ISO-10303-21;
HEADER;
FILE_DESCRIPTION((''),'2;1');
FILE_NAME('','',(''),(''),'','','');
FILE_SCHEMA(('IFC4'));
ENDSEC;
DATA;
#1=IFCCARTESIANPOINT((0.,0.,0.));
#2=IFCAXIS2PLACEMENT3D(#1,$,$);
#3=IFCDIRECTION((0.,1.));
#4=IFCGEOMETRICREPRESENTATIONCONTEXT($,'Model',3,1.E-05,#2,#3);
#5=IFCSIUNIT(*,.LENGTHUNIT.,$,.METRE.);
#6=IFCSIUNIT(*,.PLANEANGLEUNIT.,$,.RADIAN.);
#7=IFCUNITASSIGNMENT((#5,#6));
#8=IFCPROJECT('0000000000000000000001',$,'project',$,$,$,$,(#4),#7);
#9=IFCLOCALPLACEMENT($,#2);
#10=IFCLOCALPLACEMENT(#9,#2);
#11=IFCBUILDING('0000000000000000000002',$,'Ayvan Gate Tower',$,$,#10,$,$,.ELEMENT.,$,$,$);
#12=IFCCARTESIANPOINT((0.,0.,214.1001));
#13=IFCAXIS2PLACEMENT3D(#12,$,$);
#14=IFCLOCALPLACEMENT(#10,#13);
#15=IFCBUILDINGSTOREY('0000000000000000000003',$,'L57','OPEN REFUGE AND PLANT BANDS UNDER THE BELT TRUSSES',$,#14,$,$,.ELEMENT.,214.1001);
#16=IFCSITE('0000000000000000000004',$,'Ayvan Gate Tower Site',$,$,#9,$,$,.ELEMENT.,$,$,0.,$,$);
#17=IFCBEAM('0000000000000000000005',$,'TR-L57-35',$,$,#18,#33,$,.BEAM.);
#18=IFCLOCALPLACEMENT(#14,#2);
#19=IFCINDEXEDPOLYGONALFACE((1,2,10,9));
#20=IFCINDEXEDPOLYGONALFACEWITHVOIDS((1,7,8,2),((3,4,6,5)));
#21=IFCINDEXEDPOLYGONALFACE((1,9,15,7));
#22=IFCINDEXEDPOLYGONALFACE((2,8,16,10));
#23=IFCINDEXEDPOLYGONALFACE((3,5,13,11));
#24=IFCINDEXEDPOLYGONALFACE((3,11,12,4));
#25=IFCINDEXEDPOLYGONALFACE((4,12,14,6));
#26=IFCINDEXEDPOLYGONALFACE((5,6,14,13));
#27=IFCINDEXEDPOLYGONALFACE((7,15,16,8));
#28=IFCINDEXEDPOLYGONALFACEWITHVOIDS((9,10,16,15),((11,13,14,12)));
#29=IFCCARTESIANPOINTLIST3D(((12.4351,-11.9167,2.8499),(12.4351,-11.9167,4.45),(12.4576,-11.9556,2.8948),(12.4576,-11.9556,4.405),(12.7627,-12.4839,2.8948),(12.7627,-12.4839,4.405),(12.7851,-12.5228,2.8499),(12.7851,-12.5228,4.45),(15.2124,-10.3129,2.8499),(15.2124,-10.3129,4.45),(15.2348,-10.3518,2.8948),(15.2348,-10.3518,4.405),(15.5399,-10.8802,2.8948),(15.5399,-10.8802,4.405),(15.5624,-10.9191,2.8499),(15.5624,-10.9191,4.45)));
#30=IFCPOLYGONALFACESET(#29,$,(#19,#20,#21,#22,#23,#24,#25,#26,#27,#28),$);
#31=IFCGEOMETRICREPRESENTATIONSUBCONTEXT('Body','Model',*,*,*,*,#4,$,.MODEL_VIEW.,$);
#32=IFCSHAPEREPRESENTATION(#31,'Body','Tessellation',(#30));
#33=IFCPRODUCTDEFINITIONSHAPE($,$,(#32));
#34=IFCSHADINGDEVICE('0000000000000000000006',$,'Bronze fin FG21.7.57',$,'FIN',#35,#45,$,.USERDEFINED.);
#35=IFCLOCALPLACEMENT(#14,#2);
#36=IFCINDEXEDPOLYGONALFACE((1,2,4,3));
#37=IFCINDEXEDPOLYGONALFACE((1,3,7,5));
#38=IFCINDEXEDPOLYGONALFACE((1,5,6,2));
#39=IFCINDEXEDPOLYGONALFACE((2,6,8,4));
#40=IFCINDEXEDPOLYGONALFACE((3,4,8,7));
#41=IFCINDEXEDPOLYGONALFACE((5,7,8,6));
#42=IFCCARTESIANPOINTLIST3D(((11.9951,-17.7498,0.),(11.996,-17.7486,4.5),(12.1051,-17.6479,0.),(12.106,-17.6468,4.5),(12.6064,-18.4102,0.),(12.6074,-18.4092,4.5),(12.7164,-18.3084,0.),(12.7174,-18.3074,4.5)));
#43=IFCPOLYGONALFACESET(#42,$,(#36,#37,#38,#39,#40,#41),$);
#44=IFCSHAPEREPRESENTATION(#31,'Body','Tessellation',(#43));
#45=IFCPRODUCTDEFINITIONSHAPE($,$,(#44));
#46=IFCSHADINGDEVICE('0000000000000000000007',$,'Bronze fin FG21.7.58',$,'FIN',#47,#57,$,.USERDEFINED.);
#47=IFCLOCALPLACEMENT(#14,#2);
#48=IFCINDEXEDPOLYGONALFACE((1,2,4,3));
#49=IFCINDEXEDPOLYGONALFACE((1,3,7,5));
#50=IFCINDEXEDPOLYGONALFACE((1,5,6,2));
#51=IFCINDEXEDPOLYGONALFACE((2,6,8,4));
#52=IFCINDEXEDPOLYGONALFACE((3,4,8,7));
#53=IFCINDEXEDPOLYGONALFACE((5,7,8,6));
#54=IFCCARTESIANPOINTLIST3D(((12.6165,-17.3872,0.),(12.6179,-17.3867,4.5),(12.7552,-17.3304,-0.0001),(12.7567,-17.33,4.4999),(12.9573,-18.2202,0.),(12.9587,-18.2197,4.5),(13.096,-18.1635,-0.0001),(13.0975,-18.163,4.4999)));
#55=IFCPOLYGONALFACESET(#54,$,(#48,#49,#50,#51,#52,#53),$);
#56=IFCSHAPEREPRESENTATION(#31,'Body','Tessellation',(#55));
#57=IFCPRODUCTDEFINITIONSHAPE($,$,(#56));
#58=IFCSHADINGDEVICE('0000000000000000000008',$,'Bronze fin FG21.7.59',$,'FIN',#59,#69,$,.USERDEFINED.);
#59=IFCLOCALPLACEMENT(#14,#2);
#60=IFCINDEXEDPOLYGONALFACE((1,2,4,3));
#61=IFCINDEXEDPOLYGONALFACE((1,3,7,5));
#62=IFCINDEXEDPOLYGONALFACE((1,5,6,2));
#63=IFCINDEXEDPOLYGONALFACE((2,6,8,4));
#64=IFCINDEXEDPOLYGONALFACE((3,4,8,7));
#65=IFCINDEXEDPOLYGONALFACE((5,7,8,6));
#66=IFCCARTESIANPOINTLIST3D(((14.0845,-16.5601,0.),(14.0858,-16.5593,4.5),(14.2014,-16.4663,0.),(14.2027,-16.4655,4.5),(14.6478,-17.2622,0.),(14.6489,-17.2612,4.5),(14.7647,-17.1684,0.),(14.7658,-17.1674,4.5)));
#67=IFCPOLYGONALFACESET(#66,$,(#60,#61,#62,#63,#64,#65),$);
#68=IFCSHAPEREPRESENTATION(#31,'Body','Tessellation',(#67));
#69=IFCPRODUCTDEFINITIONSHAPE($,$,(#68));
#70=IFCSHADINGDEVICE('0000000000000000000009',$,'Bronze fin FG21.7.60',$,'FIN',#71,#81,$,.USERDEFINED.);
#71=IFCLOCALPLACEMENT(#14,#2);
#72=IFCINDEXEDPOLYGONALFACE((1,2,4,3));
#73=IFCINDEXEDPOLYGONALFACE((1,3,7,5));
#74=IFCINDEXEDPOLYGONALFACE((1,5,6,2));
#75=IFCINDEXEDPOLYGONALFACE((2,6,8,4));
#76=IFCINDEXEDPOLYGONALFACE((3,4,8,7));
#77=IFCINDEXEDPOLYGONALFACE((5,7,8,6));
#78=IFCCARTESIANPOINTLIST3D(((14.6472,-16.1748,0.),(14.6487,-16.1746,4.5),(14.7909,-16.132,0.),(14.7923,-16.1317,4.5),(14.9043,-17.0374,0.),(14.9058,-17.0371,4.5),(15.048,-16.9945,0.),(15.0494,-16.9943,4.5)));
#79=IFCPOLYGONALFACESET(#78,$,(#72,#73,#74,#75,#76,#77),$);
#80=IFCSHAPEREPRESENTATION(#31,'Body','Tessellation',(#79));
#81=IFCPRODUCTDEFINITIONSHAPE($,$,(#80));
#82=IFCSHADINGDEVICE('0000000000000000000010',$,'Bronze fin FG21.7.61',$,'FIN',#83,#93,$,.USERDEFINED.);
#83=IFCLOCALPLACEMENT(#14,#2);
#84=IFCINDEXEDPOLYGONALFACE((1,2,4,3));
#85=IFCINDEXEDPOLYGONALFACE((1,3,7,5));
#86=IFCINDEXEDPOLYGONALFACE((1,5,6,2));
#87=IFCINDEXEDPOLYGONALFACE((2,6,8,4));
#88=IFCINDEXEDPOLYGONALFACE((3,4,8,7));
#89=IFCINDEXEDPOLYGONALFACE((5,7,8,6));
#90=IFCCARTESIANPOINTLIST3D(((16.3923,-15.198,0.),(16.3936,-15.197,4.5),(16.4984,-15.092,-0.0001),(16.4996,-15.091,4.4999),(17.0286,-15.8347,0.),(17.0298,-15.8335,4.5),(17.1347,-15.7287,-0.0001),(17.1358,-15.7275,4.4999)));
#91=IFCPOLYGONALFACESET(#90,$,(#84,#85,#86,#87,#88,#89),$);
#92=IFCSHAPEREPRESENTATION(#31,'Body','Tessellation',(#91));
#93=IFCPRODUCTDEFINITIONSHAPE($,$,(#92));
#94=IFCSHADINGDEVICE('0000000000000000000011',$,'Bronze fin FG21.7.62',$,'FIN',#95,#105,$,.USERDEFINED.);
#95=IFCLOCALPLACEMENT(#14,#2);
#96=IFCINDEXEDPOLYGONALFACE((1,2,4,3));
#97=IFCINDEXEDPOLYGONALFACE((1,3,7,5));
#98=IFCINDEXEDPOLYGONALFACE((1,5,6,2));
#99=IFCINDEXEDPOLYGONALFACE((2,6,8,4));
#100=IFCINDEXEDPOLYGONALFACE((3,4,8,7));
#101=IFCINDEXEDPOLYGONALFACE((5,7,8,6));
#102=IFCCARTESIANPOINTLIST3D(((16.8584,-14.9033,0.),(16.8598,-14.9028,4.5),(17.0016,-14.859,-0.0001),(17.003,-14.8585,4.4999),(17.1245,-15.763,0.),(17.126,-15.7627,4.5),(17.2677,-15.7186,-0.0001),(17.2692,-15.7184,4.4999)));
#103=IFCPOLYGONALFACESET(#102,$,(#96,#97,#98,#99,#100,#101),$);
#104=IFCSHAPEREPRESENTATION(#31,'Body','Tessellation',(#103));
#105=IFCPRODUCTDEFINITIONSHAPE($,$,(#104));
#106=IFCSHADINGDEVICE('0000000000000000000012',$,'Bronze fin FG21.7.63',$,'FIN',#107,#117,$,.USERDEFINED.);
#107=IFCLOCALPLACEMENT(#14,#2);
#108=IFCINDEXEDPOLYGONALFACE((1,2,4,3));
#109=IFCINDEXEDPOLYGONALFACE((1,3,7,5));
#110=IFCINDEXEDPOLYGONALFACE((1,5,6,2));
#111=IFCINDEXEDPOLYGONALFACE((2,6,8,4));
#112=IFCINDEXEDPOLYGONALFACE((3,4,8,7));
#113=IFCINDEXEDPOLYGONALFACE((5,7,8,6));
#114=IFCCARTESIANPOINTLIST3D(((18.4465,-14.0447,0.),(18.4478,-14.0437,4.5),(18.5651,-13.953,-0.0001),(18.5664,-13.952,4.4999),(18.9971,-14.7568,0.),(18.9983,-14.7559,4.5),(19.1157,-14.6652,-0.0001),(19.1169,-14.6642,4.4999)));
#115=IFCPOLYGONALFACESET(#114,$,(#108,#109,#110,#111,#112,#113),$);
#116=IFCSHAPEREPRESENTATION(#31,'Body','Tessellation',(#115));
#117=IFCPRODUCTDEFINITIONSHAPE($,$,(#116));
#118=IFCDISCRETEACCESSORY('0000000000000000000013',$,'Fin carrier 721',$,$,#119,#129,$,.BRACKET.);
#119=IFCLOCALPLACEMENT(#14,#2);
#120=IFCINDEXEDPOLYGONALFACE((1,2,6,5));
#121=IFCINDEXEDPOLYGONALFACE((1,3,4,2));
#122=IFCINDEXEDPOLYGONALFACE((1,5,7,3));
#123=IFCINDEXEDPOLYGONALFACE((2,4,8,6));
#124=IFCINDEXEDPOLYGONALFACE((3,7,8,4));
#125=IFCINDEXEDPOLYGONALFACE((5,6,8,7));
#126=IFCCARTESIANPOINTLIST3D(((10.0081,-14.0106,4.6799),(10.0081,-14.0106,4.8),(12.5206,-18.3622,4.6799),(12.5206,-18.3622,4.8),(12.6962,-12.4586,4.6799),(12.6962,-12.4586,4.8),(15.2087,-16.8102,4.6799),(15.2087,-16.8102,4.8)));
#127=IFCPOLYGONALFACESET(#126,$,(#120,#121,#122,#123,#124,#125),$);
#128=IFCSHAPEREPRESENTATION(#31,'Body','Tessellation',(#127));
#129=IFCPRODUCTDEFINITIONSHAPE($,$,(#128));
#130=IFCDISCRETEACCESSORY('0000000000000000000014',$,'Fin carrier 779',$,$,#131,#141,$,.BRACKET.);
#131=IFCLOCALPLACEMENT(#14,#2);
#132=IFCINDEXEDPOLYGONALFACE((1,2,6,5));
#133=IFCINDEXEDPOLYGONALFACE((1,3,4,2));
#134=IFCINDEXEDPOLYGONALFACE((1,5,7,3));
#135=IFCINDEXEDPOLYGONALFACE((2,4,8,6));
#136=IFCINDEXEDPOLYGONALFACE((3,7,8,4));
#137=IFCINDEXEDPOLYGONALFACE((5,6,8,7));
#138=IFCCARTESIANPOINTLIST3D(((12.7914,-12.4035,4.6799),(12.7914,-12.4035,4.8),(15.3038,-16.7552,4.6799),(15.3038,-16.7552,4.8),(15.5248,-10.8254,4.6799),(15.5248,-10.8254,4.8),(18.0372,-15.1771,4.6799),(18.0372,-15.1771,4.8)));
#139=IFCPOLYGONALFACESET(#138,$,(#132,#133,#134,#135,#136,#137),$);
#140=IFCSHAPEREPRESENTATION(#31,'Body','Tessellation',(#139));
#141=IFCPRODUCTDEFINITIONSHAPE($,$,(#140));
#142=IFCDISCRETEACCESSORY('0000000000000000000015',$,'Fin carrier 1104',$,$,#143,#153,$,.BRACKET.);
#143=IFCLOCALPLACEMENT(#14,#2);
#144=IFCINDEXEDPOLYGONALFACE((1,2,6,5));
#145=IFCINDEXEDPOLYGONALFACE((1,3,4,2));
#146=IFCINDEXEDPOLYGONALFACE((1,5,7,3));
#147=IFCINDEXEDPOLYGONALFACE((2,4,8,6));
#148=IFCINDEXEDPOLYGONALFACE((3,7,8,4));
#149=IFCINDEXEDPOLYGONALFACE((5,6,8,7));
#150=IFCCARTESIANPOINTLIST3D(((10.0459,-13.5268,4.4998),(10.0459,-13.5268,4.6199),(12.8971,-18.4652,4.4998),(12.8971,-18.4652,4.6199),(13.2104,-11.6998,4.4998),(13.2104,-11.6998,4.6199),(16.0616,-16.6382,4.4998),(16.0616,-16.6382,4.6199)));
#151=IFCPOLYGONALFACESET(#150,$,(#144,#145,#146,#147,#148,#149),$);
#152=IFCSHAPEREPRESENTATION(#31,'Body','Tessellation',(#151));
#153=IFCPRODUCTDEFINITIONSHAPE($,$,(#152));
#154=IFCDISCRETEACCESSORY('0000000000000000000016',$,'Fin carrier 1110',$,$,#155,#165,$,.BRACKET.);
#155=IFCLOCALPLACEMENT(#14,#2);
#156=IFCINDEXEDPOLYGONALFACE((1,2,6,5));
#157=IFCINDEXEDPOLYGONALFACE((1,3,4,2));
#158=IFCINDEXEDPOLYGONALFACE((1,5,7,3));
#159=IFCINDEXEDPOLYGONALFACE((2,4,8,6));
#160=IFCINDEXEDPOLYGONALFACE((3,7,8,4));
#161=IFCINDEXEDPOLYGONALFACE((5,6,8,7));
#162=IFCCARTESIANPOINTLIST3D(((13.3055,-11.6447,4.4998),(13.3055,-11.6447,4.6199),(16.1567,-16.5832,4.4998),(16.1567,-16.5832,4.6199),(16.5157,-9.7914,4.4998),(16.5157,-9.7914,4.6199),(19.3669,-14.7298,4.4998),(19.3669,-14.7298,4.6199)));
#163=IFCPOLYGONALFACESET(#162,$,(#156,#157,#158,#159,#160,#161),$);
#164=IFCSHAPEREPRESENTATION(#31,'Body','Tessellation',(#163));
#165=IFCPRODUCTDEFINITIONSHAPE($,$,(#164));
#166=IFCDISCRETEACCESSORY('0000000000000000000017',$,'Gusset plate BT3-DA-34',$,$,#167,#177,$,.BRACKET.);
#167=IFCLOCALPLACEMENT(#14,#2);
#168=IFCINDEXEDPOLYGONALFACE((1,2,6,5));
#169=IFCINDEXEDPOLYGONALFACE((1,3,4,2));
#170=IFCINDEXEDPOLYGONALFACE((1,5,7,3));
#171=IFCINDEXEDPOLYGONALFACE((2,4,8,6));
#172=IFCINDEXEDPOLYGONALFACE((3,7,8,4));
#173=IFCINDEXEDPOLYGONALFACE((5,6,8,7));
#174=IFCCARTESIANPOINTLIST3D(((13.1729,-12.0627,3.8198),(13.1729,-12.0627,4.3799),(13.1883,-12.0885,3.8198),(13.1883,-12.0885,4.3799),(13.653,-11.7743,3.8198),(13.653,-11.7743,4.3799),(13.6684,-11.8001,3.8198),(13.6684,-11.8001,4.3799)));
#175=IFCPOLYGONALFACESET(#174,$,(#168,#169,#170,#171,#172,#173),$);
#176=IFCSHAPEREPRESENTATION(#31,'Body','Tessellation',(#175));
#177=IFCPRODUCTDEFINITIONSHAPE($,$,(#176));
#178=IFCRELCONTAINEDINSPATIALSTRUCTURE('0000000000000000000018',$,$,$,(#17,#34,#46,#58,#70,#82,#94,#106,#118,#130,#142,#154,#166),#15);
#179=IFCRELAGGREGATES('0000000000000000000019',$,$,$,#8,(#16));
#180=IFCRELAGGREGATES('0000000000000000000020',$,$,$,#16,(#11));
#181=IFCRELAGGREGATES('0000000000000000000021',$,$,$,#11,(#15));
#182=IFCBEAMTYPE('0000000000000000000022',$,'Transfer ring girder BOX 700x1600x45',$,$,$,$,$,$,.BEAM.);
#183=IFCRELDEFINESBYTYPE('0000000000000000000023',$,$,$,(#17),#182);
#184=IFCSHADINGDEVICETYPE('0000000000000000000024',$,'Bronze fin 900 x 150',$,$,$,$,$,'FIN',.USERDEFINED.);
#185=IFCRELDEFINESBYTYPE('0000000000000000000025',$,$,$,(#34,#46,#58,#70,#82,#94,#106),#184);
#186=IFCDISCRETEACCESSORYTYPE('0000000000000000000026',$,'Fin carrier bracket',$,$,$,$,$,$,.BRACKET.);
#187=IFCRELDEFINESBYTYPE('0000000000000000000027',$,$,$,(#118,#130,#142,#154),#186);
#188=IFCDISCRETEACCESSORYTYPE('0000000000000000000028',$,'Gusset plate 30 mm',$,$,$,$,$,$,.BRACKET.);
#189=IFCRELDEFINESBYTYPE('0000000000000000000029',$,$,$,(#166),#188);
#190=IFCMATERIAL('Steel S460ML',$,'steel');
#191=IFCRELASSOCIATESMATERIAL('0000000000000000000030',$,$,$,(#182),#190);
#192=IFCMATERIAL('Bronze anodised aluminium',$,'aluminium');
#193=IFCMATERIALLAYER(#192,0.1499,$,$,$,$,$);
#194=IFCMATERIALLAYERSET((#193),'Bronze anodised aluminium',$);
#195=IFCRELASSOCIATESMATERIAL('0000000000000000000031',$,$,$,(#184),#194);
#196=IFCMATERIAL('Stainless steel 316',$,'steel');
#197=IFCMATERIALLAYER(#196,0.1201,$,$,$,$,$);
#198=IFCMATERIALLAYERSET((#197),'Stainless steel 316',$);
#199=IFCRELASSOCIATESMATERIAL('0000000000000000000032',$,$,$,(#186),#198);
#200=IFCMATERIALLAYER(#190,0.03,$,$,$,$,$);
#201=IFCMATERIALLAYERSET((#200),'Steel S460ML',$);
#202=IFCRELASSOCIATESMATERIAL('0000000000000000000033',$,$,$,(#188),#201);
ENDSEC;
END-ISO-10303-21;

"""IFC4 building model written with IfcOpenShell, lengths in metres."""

from ifc_helpers import new_model, si_unit, direction, frame, origin, origin_2d, place, context, subcontext, project, spatial, polyline, rectangle, hollow_rectangle, outline, extrude, material, layer, layer_set, material_profile, profile_set, type_object, element, save


model = new_model("IFC4")

# Units and contexts
model_context = context("Model", 3, precision=1e-05, world=origin(), true_north=direction((0.0, 1.0)))
body_context = subcontext(model_context, "Body", "Model", "MODEL_VIEW")
ifc_project = project(units=[si_unit("LENGTHUNIT", "METRE"), si_unit("PLANEANGLEUNIT", "RADIAN")], contexts=[model_context])

# Site, building, storey
site_placement = place(None, origin())
site = spatial("IfcSite", under=ifc_project, at=site_placement, Name="Ayvan Gate Tower Site", CompositionType="ELEMENT", RefElevation=0.0)
building_placement = place(site_placement, origin())
building = spatial("IfcBuilding", under=site, at=building_placement, Name="Ayvan Gate Tower", CompositionType="ELEMENT")
storey_placement = place(building_placement, frame((0.0, 0.0, 214.1001)))
storey = spatial("IfcBuildingStorey", under=building, at=storey_placement, Name="L57", Description="OPEN REFUGE AND PLANT BANDS UNDER THE BELT TRUSSES", CompositionType="ELEMENT", Elevation=214.1001)

# Shared definitions
ifc_material_1 = material(Name="Steel S460ML", Category="steel")

# Beam
ifc_material_profile_1 = material_profile(ifc_material_1, hollow_rectangle(XDim=0.7, YDim=1.6001, WallThickness=0.0449, at=origin_2d()), Name="BOX 700x1600x45")
ifc_profile_set_1 = profile_set([ifc_material_profile_1], Name="Steel S460ML")
beam_type_1 = type_object("IfcBeamType", Name="Transfer ring girder BOX 700x1600x45", PredefinedType="BEAM", material=ifc_profile_set_1)
beam_1_placement = place(storey_placement, frame((12.6101, -12.2197, 3.6499), z_axis=(0.86599, 0.500061, 0.0), x_axis=(-0.500061, 0.86599, 0.0)))
element("IfcBeam", 1, at=beam_1_placement, inside=storey, type_object=beam_type_1, Name="TR-L57-35", PredefinedType="BEAM", context=body_context, shape_type="SweptSolid", body=[
    extrude(hollow_rectangle(XDim=0.7, YDim=1.6001, WallThickness=0.0449, at=origin_2d()), origin(), (0.0, 0.0, 1.0), 3.207),
])

# Shading devices
ifc_material_2 = material(Name="Bronze anodised aluminium", Category="aluminium")
ifc_layer_1 = layer(ifc_material_2, 0.1499)
ifc_layer_set_1 = layer_set([ifc_layer_1], Name="Bronze anodised aluminium")
shading_device_type = type_object("IfcShadingDeviceType", Name="Bronze fin 900 x 150", ElementType="FIN", PredefinedType="USERDEFINED", material=ifc_layer_set_1)
shading_device_1_placement = place(storey_placement, frame((11.9951, -17.7498, 0.0), z_axis=(-0.733908, -0.679248, 0.000325), x_axis=(0.679248, -0.733908, 0.0)))
element("IfcShadingDevice", 2, at=shading_device_1_placement, inside=storey, type_object=shading_device_type, Name="Bronze fin FG21.7.57", ObjectType="FIN", PredefinedType="USERDEFINED", context=body_context, shape_type="SweptSolid", body=[
    extrude(outline(polyline([(0.0, 0.0), (0.8999, 0.0), (0.8999, 4.5), (-0.0002, 4.5), (0.0, 0.0)])), origin(), (0.0, 0.0, -1.0), 0.1499),
])
shading_device_2_placement = place(storey_placement, frame((12.6165, -17.3872, 0.0), z_axis=(-0.92553, -0.378675, 0.000342), x_axis=(0.378675, -0.92553, 0.0)))
element("IfcShadingDevice", 3, at=shading_device_2_placement, inside=storey, type_object=shading_device_type, Name="Bronze fin FG21.7.58", ObjectType="FIN", PredefinedType="USERDEFINED", context=body_context, shape_type="SweptSolid", body=[
    extrude(outline(polyline([(0.0, 0.0), (0.9, 0.0), (0.9001, 4.5), (0.0001, 4.5), (0.0, 0.0)])), origin(), (0.0, 0.0, -1.0), 0.1499),
])
shading_device_3_placement = place(storey_placement, frame((14.0845, -16.5601, 0.0), z_axis=(-0.779995, -0.625786, 0.00033), x_axis=(0.625786, -0.779995, 0.0)))
element("IfcShadingDevice", 4, at=shading_device_3_placement, inside=storey, type_object=shading_device_type, Name="Bronze fin FG21.7.59", ObjectType="FIN", PredefinedType="USERDEFINED", context=body_context, shape_type="SweptSolid", body=[
    extrude(outline(polyline([(0.0, 0.0), (0.9001, 0.0), (0.9001, 4.5), (0.0002, 4.5), (0.0, 0.0)])), origin(), (0.0, 0.0, -1.0), 0.1499),
])
shading_device_4_placement = place(storey_placement, frame((14.6472, -16.1748, 0.0), z_axis=(-0.95834, -0.28563, 0.000327), x_axis=(0.28563, -0.95834, 0.0)))
element("IfcShadingDevice", 5, at=shading_device_4_placement, inside=storey, type_object=shading_device_type, Name="Bronze fin FG21.7.60", ObjectType="FIN", PredefinedType="USERDEFINED", context=body_context, shape_type="SweptSolid", body=[
    extrude(outline(polyline([(0.0, 0.0), (0.9, 0.0), (0.9002, 4.5), (0.0002, 4.5), (0.0, 0.0)])), origin(), (0.0, 0.0, -1.0), 0.1499),
])
shading_device_5_placement = place(storey_placement, frame((16.3923, -15.198, 0.0), z_axis=(-0.70731, -0.706903, 0.000364), x_axis=(0.706903, -0.70731, 0.0)))
element("IfcShadingDevice", 6, at=shading_device_5_placement, inside=storey, type_object=shading_device_type, Name="Bronze fin FG21.7.61", ObjectType="FIN", PredefinedType="USERDEFINED", context=body_context, shape_type="SweptSolid", body=[
    extrude(outline(polyline([(0.0, 0.0), (0.9001, 0.0), (0.9001, 4.5), (0.0002, 4.5), (0.0, 0.0)])), origin(), (0.0, 0.0, -1.0), 0.1499),
])
shading_device_6_placement = place(storey_placement, frame((16.8584, -14.9033, 0.0), z_axis=(-0.955285, -0.295687, 0.000335), x_axis=(0.295687, -0.955285, 0.0)))
element("IfcShadingDevice", 7, at=shading_device_6_placement, inside=storey, type_object=shading_device_type, Name="Bronze fin FG21.7.62", ObjectType="FIN", PredefinedType="USERDEFINED", context=body_context, shape_type="SweptSolid", body=[
    extrude(outline(polyline([(0.0, 0.0), (0.8999, 0.0), (0.9001, 4.5), (0.0, 4.5), (0.0, 0.0)])), origin(), (0.0, 0.0, -1.0), 0.1499),
])
shading_device_7_placement = place(storey_placement, frame((18.4465, -14.0447, 0.0), z_axis=(-0.79116, -0.61161, 0.000347), x_axis=(0.61161, -0.79116, 0.0)))
element("IfcShadingDevice", 8, at=shading_device_7_placement, inside=storey, type_object=shading_device_type, Name="Bronze fin FG21.7.63", ObjectType="FIN", PredefinedType="USERDEFINED", context=body_context, shape_type="SweptSolid", body=[
    extrude(outline(polyline([(0.0, 0.0), (0.9001, 0.0), (0.9001, 4.5), (0.0, 4.5), (0.0, 0.0)])), origin(), (0.0, 0.0, -1.0), 0.1499),
])

# Discrete accessories
ifc_material_3 = material(Name="Stainless steel 316", Category="steel")
ifc_layer_2 = layer(ifc_material_3, 0.1201)
ifc_layer_set_2 = layer_set([ifc_layer_2], Name="Stainless steel 316")
discrete_accessory_type_1 = type_object("IfcDiscreteAccessoryType", Name="Fin carrier bracket", PredefinedType="BRACKET", material=ifc_layer_set_2)
discrete_accessory_1_placement = place(storey_placement, frame((12.6084, -15.4104, 4.6799), z_axis=(0.0, 0.0, 1.0), x_axis=(0.866025, 0.5, 0.0)))
element("IfcDiscreteAccessory", 9, at=discrete_accessory_1_placement, inside=storey, type_object=discrete_accessory_type_1, Name="Fin carrier 721", PredefinedType="BRACKET", context=body_context, shape_type="SweptSolid", body=[
    extrude(rectangle(XDim=3.104, YDim=5.0249, at=origin_2d()), origin(), (0.0, 0.0, 1.0), 0.1201),
])
discrete_accessory_2_placement = place(storey_placement, frame((15.4143, -13.7903, 4.6799), z_axis=(0.0, 0.0, 1.0), x_axis=(0.866025, 0.5, 0.0)))
element("IfcDiscreteAccessory", 10, at=discrete_accessory_2_placement, inside=storey, type_object=discrete_accessory_type_1, Name="Fin carrier 779", PredefinedType="BRACKET", context=body_context, shape_type="SweptSolid", body=[
    extrude(rectangle(XDim=3.1562, YDim=5.0249, at=origin_2d()), origin(), (0.0, 0.0, 1.0), 0.1201),
])
discrete_accessory_3_placement = place(storey_placement, frame((13.0537, -15.0825, 4.4998), z_axis=(0.0, 0.0, 1.0), x_axis=(0.866025, 0.5, 0.0)))
element("IfcDiscreteAccessory", 11, at=discrete_accessory_3_placement, inside=storey, type_object=discrete_accessory_type_1, Name="Fin carrier 1104", PredefinedType="BRACKET", context=body_context, shape_type="SweptSolid", body=[
    extrude(rectangle(XDim=3.6541, YDim=5.7024, at=origin_2d()), origin(), (0.0, 0.0, 1.0), 0.1201),
])
discrete_accessory_4_placement = place(storey_placement, frame((16.3362, -13.1873, 4.4998), z_axis=(0.0, 0.0, 1.0), x_axis=(0.866025, 0.5, 0.0)))
element("IfcDiscreteAccessory", 12, at=discrete_accessory_4_placement, inside=storey, type_object=discrete_accessory_type_1, Name="Fin carrier 1110", PredefinedType="BRACKET", context=body_context, shape_type="SweptSolid", body=[
    extrude(rectangle(XDim=3.7068, YDim=5.7024, at=origin_2d()), origin(), (0.0, 0.0, 1.0), 0.1201),
])
ifc_layer_3 = layer(ifc_material_1, 0.03)
ifc_layer_set_3 = layer_set([ifc_layer_3], Name="Steel S460ML")
discrete_accessory_type_2 = type_object("IfcDiscreteAccessoryType", Name="Gusset plate 30 mm", PredefinedType="BRACKET", material=ifc_layer_set_3)
for number, where, z_axis, x_axis, name in (
    (13, (13.4207, -11.9314, 3.8198), (0.0, 0.0, 1.0), (0.857236, 0.514924, 0.0), "Gusset plate BT3-DA-34"),
):
    element("IfcDiscreteAccessory", number, at=place(storey_placement, frame(where, z_axis=z_axis, x_axis=x_axis)), inside=storey, type_object=discrete_accessory_type_2, Name=name, PredefinedType="BRACKET", context=body_context, shape_type="SweptSolid", body=[
        extrude(rectangle(XDim=0.5601, YDim=0.03, at=origin_2d()), origin(), (0.0, 0.0, 1.0), 0.5601),
    ])

save(model, "model.ifc")
